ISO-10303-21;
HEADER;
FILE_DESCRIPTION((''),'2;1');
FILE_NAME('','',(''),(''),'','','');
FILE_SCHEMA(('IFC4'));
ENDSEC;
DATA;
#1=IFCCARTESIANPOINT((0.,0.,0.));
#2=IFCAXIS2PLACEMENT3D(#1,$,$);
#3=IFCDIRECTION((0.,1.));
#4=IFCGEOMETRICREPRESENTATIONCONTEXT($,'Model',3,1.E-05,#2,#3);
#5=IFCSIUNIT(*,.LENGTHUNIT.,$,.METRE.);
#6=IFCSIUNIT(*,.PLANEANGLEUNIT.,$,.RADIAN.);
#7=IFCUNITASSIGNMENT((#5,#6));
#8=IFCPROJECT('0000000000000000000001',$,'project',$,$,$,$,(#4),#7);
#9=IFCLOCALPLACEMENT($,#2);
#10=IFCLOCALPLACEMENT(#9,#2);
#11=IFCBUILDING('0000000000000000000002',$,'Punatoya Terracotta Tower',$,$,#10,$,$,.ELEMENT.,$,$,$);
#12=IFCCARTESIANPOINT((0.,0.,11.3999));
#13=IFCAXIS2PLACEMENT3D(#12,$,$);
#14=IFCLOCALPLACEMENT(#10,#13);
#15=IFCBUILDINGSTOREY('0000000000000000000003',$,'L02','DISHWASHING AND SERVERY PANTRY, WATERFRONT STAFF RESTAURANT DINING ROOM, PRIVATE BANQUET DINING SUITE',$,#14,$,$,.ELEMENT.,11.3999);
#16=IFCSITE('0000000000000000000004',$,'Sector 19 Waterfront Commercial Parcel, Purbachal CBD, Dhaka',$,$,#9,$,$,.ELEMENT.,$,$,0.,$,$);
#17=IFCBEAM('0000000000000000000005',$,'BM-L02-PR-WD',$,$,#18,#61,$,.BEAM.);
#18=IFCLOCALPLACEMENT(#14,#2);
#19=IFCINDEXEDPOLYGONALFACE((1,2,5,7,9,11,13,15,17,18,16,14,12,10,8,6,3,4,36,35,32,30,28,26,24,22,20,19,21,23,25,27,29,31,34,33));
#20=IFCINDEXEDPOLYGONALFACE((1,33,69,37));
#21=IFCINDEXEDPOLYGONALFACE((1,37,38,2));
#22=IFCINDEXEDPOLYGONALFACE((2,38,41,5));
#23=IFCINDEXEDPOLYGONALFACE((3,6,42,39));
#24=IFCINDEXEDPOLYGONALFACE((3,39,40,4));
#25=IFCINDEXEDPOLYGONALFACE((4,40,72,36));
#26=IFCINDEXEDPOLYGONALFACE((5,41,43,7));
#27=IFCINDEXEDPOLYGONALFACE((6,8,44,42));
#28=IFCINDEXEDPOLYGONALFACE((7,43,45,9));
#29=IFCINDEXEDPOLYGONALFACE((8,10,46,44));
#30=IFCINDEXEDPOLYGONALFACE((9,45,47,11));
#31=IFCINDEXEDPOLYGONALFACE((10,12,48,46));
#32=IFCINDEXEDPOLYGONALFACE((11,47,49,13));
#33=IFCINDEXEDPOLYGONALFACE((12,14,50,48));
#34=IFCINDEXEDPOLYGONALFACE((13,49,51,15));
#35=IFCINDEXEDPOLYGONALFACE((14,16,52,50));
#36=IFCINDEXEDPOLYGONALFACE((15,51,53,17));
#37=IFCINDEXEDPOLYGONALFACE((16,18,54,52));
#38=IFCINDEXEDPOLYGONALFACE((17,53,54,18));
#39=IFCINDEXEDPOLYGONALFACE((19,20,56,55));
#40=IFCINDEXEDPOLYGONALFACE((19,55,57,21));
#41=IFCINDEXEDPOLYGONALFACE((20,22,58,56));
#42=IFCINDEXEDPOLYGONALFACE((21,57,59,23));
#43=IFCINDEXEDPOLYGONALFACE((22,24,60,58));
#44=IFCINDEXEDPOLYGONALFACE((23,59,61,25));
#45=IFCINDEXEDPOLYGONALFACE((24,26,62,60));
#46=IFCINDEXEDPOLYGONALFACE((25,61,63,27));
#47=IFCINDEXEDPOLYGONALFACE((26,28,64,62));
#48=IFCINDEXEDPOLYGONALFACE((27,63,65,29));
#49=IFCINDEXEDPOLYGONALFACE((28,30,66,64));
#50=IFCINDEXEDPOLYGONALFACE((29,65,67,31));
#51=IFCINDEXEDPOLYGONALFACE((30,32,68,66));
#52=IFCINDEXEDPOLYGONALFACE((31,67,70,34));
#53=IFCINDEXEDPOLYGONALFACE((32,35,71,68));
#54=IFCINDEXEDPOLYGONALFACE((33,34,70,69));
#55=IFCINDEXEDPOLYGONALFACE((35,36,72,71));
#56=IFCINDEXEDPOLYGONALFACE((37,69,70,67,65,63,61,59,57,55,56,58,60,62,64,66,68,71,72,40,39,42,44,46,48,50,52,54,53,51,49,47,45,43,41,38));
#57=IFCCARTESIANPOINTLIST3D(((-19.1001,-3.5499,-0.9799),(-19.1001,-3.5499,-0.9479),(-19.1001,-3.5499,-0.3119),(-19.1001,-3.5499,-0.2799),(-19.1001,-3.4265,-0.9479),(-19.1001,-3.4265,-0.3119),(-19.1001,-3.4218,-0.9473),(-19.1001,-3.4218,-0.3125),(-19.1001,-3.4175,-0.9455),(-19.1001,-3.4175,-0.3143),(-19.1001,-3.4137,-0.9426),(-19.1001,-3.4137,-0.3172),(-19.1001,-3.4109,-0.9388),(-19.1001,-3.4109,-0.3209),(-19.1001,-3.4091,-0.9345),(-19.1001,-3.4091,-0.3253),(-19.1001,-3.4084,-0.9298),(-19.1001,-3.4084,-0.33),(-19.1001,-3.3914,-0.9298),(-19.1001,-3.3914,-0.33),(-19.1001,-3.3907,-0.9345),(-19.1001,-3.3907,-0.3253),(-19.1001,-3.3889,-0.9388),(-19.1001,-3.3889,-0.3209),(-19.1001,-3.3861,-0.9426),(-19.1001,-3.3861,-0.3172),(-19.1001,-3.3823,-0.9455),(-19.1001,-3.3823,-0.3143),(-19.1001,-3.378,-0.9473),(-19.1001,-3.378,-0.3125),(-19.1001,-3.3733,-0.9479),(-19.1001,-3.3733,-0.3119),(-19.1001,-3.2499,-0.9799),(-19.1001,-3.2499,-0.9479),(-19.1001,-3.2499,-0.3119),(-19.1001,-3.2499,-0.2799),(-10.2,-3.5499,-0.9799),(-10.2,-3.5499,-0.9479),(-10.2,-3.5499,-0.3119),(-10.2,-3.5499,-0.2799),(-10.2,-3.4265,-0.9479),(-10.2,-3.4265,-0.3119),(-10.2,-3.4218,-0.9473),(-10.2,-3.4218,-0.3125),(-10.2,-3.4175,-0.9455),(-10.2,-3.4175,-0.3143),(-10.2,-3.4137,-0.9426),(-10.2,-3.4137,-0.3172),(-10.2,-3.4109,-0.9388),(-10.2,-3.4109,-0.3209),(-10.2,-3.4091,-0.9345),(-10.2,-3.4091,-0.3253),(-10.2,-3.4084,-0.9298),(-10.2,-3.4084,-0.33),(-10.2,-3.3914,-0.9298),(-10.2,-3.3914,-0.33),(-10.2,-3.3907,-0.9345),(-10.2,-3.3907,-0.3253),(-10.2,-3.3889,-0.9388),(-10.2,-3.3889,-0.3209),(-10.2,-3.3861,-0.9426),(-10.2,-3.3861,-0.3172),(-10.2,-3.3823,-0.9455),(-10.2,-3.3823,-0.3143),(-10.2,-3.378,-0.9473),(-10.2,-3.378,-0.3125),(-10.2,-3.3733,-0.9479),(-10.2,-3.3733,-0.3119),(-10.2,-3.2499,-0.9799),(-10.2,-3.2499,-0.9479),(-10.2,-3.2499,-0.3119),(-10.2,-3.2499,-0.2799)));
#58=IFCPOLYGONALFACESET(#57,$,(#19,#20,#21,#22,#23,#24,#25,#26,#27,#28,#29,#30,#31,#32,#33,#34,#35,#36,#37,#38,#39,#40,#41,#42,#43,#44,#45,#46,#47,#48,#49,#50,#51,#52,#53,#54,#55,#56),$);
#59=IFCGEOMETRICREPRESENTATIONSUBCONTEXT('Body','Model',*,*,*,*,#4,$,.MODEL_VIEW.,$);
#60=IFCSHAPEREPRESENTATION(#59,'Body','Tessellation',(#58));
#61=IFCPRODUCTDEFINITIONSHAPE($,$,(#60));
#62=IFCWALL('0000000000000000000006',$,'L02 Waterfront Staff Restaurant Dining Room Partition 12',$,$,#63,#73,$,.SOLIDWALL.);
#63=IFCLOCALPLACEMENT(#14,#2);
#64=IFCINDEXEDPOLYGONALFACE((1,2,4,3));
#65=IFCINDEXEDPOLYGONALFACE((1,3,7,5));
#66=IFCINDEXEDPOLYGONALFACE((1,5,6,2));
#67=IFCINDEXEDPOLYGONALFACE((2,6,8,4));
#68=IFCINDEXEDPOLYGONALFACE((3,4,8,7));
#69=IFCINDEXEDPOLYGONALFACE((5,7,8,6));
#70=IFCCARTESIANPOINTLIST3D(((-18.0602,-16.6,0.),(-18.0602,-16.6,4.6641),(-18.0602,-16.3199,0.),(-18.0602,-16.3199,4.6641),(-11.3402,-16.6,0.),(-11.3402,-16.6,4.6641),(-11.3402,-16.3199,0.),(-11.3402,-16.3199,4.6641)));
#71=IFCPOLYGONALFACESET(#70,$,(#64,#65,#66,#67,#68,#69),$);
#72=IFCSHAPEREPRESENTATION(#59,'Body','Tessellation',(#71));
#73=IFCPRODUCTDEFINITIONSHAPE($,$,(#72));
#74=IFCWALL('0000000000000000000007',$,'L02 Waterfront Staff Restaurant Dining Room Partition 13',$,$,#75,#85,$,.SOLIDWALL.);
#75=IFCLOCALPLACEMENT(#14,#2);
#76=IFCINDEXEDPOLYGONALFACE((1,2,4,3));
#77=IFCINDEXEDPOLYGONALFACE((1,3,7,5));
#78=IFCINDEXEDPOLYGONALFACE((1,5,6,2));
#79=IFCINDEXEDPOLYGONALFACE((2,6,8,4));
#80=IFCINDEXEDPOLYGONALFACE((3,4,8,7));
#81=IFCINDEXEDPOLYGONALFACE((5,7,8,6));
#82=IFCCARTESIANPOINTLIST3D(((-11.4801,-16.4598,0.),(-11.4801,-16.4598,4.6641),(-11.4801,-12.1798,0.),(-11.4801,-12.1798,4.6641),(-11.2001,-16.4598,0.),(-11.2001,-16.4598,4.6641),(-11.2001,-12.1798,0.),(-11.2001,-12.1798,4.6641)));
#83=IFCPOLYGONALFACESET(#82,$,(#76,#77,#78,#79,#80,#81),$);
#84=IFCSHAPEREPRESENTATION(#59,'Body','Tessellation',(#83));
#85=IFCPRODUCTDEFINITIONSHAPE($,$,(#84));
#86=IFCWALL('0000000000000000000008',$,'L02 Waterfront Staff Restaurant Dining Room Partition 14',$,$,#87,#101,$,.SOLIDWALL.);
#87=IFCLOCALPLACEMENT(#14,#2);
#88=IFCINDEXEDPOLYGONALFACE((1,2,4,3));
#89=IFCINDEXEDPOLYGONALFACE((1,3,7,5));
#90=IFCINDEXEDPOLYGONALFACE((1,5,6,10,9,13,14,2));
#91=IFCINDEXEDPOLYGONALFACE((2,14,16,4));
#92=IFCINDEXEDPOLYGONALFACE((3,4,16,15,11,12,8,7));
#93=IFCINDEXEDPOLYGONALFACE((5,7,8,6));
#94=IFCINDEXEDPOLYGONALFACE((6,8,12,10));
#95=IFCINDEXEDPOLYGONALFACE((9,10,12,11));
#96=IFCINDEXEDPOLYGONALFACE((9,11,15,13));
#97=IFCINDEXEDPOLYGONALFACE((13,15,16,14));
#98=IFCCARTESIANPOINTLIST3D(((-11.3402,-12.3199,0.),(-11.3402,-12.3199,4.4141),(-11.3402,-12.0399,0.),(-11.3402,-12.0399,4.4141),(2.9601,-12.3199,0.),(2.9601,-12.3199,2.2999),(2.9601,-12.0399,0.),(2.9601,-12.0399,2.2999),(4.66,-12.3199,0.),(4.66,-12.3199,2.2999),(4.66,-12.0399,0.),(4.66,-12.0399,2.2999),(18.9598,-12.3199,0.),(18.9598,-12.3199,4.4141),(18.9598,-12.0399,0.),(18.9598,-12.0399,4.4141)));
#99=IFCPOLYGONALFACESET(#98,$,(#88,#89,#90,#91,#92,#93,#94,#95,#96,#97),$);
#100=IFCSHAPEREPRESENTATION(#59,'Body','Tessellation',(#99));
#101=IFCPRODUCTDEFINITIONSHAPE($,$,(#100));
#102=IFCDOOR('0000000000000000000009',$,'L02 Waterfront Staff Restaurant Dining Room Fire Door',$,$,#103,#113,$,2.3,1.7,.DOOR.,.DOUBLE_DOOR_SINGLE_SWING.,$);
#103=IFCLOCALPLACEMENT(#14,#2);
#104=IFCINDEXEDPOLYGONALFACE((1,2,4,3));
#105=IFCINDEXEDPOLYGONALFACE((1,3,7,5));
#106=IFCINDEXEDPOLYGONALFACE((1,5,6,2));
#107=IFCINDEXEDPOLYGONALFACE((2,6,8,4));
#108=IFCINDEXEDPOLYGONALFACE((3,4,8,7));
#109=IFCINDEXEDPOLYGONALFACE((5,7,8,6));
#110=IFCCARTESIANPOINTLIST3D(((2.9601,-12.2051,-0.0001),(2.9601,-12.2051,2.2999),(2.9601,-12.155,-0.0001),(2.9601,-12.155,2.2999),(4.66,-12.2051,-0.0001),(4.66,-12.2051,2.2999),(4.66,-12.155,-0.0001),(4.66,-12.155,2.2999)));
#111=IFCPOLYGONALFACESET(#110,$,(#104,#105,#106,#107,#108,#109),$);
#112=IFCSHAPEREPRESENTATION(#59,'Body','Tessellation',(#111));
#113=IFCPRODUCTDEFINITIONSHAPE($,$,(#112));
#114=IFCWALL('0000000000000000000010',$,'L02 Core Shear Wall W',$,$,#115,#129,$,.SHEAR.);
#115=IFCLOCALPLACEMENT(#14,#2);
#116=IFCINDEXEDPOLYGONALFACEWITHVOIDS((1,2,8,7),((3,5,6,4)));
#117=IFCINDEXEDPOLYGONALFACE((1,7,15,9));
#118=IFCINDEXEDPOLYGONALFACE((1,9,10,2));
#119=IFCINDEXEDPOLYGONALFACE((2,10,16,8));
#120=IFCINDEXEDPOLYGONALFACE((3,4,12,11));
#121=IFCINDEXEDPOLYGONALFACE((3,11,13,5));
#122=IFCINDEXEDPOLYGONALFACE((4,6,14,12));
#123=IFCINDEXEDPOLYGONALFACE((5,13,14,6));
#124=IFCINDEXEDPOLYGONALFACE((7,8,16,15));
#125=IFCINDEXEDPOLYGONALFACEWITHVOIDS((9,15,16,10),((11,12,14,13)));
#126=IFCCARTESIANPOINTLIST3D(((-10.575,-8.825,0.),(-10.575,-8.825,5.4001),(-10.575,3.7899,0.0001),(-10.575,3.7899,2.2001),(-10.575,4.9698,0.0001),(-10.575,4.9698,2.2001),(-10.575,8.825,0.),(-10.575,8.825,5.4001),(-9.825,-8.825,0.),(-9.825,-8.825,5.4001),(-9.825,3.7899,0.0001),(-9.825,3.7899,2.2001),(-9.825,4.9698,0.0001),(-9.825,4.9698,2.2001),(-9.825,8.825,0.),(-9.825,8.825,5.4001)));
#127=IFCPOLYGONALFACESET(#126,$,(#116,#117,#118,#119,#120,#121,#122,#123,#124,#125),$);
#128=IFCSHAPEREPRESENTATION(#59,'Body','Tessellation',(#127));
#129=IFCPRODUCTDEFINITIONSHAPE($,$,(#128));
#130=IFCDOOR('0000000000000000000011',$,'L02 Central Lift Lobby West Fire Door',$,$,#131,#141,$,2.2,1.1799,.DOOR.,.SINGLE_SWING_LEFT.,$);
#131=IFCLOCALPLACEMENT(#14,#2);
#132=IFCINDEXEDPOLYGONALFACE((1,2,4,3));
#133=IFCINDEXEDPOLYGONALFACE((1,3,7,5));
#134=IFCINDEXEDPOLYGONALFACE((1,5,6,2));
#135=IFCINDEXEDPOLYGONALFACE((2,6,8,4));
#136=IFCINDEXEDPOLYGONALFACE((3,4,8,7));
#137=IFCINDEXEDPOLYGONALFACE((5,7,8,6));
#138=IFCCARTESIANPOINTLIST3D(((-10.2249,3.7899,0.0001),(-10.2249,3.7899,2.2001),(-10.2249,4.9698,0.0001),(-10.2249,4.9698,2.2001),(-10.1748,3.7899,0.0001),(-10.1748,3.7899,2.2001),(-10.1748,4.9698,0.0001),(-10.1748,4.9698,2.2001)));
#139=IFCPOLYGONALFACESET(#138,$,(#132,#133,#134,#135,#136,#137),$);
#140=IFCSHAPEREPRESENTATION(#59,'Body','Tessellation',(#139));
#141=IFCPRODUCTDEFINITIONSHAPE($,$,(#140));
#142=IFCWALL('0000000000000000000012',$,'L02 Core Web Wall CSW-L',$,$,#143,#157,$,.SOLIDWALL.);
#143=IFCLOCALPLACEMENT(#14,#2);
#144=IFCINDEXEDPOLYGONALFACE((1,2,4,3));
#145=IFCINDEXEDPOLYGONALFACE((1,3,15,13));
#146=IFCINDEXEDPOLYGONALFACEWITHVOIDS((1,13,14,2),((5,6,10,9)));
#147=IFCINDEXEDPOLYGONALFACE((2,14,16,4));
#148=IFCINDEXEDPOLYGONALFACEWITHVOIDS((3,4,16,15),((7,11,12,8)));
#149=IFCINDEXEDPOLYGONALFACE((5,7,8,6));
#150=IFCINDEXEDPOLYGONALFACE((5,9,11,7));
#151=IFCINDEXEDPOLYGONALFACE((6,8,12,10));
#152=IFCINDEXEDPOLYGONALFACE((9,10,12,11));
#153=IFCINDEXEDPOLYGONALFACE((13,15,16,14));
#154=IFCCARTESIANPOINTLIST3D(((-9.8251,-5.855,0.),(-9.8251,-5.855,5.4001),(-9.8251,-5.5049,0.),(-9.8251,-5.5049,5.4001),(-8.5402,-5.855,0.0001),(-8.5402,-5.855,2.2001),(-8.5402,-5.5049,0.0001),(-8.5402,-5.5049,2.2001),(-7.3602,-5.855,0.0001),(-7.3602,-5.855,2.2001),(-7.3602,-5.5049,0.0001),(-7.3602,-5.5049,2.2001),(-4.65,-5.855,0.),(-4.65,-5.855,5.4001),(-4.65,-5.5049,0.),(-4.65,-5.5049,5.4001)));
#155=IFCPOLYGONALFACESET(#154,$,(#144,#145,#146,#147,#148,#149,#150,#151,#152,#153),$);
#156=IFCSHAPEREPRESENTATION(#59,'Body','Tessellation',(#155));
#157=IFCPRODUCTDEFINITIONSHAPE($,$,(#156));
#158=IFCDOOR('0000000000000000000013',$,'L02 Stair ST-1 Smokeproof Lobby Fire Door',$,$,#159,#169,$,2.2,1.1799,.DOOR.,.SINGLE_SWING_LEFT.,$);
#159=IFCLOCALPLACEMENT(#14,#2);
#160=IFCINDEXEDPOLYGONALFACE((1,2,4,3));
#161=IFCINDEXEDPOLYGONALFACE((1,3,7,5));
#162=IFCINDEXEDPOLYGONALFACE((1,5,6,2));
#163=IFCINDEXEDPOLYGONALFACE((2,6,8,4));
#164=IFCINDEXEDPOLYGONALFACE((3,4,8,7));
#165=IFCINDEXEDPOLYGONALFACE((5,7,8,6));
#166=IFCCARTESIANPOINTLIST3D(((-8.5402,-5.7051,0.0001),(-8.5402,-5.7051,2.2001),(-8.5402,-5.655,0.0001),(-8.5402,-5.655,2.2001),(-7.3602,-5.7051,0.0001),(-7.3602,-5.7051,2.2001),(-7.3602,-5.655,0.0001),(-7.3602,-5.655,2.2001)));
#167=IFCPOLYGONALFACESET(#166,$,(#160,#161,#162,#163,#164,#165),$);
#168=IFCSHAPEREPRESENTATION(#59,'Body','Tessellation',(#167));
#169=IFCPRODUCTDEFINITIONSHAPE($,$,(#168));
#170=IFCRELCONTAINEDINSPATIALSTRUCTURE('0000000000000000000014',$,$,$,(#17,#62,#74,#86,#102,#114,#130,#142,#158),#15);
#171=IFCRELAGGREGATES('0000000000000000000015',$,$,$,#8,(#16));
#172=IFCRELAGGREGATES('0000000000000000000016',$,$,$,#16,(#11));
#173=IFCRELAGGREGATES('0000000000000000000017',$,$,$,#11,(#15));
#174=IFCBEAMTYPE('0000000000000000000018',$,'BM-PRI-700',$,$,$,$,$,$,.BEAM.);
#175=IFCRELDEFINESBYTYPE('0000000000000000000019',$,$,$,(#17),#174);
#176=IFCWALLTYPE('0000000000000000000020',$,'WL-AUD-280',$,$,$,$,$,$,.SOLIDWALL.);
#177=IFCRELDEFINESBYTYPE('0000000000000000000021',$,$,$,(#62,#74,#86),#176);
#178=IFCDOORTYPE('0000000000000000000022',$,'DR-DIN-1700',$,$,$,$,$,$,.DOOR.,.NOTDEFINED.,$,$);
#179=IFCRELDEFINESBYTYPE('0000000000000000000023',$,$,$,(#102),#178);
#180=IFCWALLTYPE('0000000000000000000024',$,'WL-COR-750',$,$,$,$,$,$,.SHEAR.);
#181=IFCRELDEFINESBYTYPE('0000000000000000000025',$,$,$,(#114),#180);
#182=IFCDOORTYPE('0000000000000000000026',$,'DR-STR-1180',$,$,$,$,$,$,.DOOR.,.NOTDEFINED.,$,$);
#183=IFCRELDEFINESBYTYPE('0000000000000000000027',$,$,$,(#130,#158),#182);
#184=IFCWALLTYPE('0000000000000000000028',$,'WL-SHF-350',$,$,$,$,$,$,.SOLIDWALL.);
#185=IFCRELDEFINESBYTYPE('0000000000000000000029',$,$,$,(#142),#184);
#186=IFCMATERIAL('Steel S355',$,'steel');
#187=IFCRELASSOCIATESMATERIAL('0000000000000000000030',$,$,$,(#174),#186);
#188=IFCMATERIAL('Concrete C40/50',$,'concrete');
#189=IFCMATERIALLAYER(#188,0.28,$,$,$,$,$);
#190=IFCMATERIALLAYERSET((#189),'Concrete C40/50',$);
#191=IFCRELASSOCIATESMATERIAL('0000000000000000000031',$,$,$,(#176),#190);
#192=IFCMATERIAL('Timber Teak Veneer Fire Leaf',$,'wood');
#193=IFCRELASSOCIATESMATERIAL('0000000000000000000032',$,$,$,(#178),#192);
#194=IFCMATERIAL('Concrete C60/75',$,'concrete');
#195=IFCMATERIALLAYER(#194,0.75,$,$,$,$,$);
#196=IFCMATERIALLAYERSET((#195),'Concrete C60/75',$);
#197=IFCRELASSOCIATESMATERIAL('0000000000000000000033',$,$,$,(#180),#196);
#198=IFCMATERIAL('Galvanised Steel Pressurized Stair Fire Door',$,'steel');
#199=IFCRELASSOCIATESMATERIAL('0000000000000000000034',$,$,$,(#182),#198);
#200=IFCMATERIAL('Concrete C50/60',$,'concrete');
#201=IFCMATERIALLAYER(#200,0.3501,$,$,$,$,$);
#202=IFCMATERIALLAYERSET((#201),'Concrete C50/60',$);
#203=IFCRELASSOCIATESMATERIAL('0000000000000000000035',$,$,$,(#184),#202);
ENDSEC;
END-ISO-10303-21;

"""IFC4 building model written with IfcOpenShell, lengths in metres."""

from ifc_helpers import new_model, si_unit, direction, frame, frame_2d, origin, origin_2d, place, context, subcontext, project, spatial, rectangle, i_section, extrude, material, layer, layer_set, material_profile, profile_set, type_object, element, fill, save


model = new_model("IFC4")

# Units and contexts
model_context = context("Model", 3, precision=1e-05, world=origin(), true_north=direction((0.0, 1.0)))
body_context = subcontext(model_context, "Body", "Model", "MODEL_VIEW")
ifc_project = project(units=[si_unit("LENGTHUNIT", "METRE"), si_unit("PLANEANGLEUNIT", "RADIAN")], contexts=[model_context])

# Site, building, storey
site_placement = place(None, origin())
site = spatial("IfcSite", under=ifc_project, at=site_placement, Name="Sector 19 Waterfront Commercial Parcel, Purbachal CBD, Dhaka", CompositionType="ELEMENT", RefElevation=0.0)
building_placement = place(site_placement, origin())
building = spatial("IfcBuilding", under=site, at=building_placement, Name="Punatoya Terracotta Tower", CompositionType="ELEMENT")
storey_placement = place(building_placement, frame((0.0, 0.0, 11.3999)))
storey = spatial("IfcBuildingStorey", under=building, at=storey_placement, Name="L02", Description="DISHWASHING AND SERVERY PANTRY, WATERFRONT STAFF RESTAURANT DINING ROOM, PRIVATE BANQUET DINING SUITE", CompositionType="ELEMENT", Elevation=11.3999)

# Shared definitions
ifc_material_1 = material(Name="Concrete C50/60", Category="concrete")

# Beam
ifc_material_2 = material(Name="Steel S355", Category="steel")
ifc_material_profile_1 = material_profile(ifc_material_2, i_section(OverallWidth=0.3, OverallDepth=0.7, WebThickness=0.0171, FlangeThickness=0.032, FilletRadius=0.0181, at=origin_2d()))
ifc_profile_set_1 = profile_set([ifc_material_profile_1], Name="Steel S355")
beam_type = type_object("IfcBeamType", Name="BM-PRI-700", PredefinedType="BEAM", material=ifc_profile_set_1)
for number, where, z_axis, x_axis, name in (
    (1, (-19.1001, -3.3999, -0.6299), (1.0, 0.0, 0.0), (0.0, 1.0, 0.0), "BM-L02-PR-WD"),
):
    element("IfcBeam", number, at=place(storey_placement, frame(where, z_axis=z_axis, x_axis=x_axis)), inside=storey, type_object=beam_type, Name=name, PredefinedType="BEAM", context=body_context, shape_type="SweptSolid", body=[
        extrude(i_section(OverallWidth=0.3, OverallDepth=0.7, WebThickness=0.0171, FlangeThickness=0.032, FilletRadius=0.0181, at=origin_2d()), origin(), (0.0, 0.0, 1.0), 8.9001),
    ])

# Walls
ifc_material_3 = material(Name="Concrete C40/50", Category="concrete")
ifc_layer_1 = layer(ifc_material_3, 0.28)
ifc_layer_set_1 = layer_set([ifc_layer_1], Name="Concrete C40/50")
wall_type_1 = type_object("IfcWallType", Name="WL-AUD-280", PredefinedType="SOLIDWALL", material=ifc_layer_set_1)
wall_1_placement = place(storey_placement, frame((-18.0601, -16.46, 0.0), z_axis=(0.0, 0.0, 1.0), x_axis=(1.0, 0.0, 0.0)))
element("IfcWall", 2, at=wall_1_placement, inside=storey, type_object=wall_type_1, Name="L02 Waterfront Staff Restaurant Dining Room Partition 12", PredefinedType="SOLIDWALL", context=body_context, shape_type="SweptSolid", body=[
    extrude(rectangle(XDim=6.72, YDim=0.28, at=frame_2d((3.3599, 0.0))), origin(), (0.0, 0.0, 1.0), 4.6641),
])
wall_2_placement = place(storey_placement, frame((-11.3401, -16.46, 0.0), z_axis=(0.0, 0.0, 1.0), x_axis=(0.0, 1.0, 0.0)))
element("IfcWall", 3, at=wall_2_placement, inside=storey, type_object=wall_type_1, Name="L02 Waterfront Staff Restaurant Dining Room Partition 13", PredefinedType="SOLIDWALL", context=body_context, shape_type="SweptSolid", body=[
    extrude(rectangle(XDim=4.28, YDim=0.28, at=frame_2d((2.1401, 0.0))), origin(), (0.0, 0.0, 1.0), 4.6641),
])

# Walls, openings, doors
wall_3_placement = place(storey_placement, frame((-11.3401, -12.1799, 0.0), z_axis=(0.0, 0.0, 1.0), x_axis=(1.0, 0.0, 0.0)))
wall_3 = element("IfcWall", 4, at=wall_3_placement, inside=storey, type_object=wall_type_1, Name="L02 Waterfront Staff Restaurant Dining Room Partition 14", PredefinedType="SOLIDWALL", context=body_context, shape_type="SweptSolid", body=[
    extrude(rectangle(XDim=30.3, YDim=0.28, at=frame_2d((15.1499, 0.0))), origin(), (0.0, 0.0, 1.0), 4.4141),
])
opening_1_placement = place(wall_3_placement, frame((14.3, 0.0, 0.0)))
opening_1 = element("IfcOpeningElement", 5, at=opening_1_placement, cuts=wall_3, PredefinedType="OPENING", context=body_context, shape_type="SweptSolid", body=[
    extrude(rectangle(XDim=1.7, YDim=2.3, at=frame_2d((0.8501, 1.1499))), frame((0.0, 0.1499, 0.0), z_axis=(0.0, -1.0, 0.0), x_axis=(1.0, 0.0, 0.0)), (0.0, 0.0, 1.0), 0.3),
])
ifc_material_4 = material(Name="Timber Teak Veneer Fire Leaf", Category="wood")
door_type_1 = type_object("IfcDoorType", Name="DR-DIN-1700", OperationType="NOTDEFINED", PredefinedType="DOOR", material=ifc_material_4)
door_1_placement = place(opening_1_placement, origin())
door_1 = element("IfcDoor", 6, at=door_1_placement, inside=storey, type_object=door_type_1, Name="L02 Waterfront Staff Restaurant Dining Room Fire Door", OperationType="DOUBLE_DOOR_SINGLE_SWING", OverallHeight=2.3, OverallWidth=1.7, PredefinedType="DOOR", context=body_context, shape_type="SweptSolid", body=[
    extrude(rectangle(XDim=1.7, YDim=2.3, at=frame_2d((0.8501, 1.1499))), frame((0.0, 0.0249, 0.0), z_axis=(0.0, -1.0, 0.0), x_axis=(1.0, 0.0, 0.0)), (0.0, 0.0, 1.0), 0.05),
])
fill(opening_1, door_1)
ifc_material_5 = material(Name="Concrete C60/75", Category="concrete")
ifc_layer_2 = layer(ifc_material_5, 0.75)
ifc_layer_set_2 = layer_set([ifc_layer_2], Name="Concrete C60/75")
wall_type_2 = type_object("IfcWallType", Name="WL-COR-750", PredefinedType="SHEAR", material=ifc_layer_set_2)
wall_4_placement = place(storey_placement, frame((-10.2, -8.825, 0.0), z_axis=(0.0, 0.0, 1.0), x_axis=(0.0, 1.0, 0.0)))
wall_4 = element("IfcWall", 7, at=wall_4_placement, inside=storey, type_object=wall_type_2, Name="L02 Core Shear Wall W", PredefinedType="SHEAR", context=body_context, shape_type="SweptSolid", body=[
    extrude(rectangle(XDim=17.6499, YDim=0.75, at=frame_2d((8.825, 0.0))), origin(), (0.0, 0.0, 1.0), 5.4001),
])
opening_2_placement = place(wall_4_placement, frame((12.615, 0.0, 0.0)))
opening_2 = element("IfcOpeningElement", 8, at=opening_2_placement, cuts=wall_4, PredefinedType="OPENING", context=body_context, shape_type="SweptSolid", body=[
    extrude(rectangle(XDim=1.1799, YDim=2.2, at=frame_2d((0.5898, 1.1001))), frame((0.0, 0.385, 0.0), z_axis=(0.0, -1.0, 0.0), x_axis=(1.0, 0.0, 0.0)), (0.0, 0.0, 1.0), 0.77),
])
ifc_material_6 = material(Name="Galvanised Steel Pressurized Stair Fire Door", Category="steel")
door_type_2 = type_object("IfcDoorType", Name="DR-STR-1180", OperationType="NOTDEFINED", PredefinedType="DOOR", material=ifc_material_6)
door_2_placement = place(opening_2_placement, origin())
door_2 = element("IfcDoor", 9, at=door_2_placement, inside=storey, type_object=door_type_2, Name="L02 Central Lift Lobby West Fire Door", OperationType="SINGLE_SWING_LEFT", OverallHeight=2.2, OverallWidth=1.1799, PredefinedType="DOOR", context=body_context, shape_type="SweptSolid", body=[
    extrude(rectangle(XDim=1.1799, YDim=2.2, at=frame_2d((0.5898, 1.1001))), frame((0.0, 0.0249, 0.0), z_axis=(0.0, -1.0, 0.0), x_axis=(1.0, 0.0, 0.0)), (0.0, 0.0, 1.0), 0.05),
])
fill(opening_2, door_2)
ifc_layer_3 = layer(ifc_material_1, 0.3501)
ifc_layer_set_3 = layer_set([ifc_layer_3], Name="Concrete C50/60")
wall_type_3 = type_object("IfcWallType", Name="WL-SHF-350", PredefinedType="SOLIDWALL", material=ifc_layer_set_3)
wall_5_placement = place(storey_placement, frame((-9.825, -5.6799, 0.0), z_axis=(0.0, 0.0, 1.0), x_axis=(1.0, 0.0, 0.0)))
wall_5 = element("IfcWall", 10, at=wall_5_placement, inside=storey, type_object=wall_type_3, Name="L02 Core Web Wall CSW-L", PredefinedType="SOLIDWALL", context=body_context, shape_type="SweptSolid", body=[
    extrude(rectangle(XDim=5.175, YDim=0.3501, at=frame_2d((2.5874, 0.0))), origin(), (0.0, 0.0, 1.0), 5.4001),
])
opening_3_placement = place(wall_5_placement, frame((1.2849, 0.0, 0.0)))
opening_3 = element("IfcOpeningElement", 11, at=opening_3_placement, cuts=wall_5, PredefinedType="OPENING", context=body_context, shape_type="SweptSolid", body=[
    extrude(rectangle(XDim=1.1799, YDim=2.2, at=frame_2d((0.5898, 1.1001))), frame((0.0, 0.1851, 0.0), z_axis=(0.0, -1.0, 0.0), x_axis=(1.0, 0.0, 0.0)), (0.0, 0.0, 1.0), 0.3701),
])
door_3_placement = place(opening_3_placement, origin())
door_3 = element("IfcDoor", 12, at=door_3_placement, inside=storey, type_object=door_type_2, Name="L02 Stair ST-1 Smokeproof Lobby Fire Door", OperationType="SINGLE_SWING_LEFT", OverallHeight=2.2, OverallWidth=1.1799, PredefinedType="DOOR", context=body_context, shape_type="SweptSolid", body=[
    extrude(rectangle(XDim=1.1799, YDim=2.2, at=frame_2d((0.5898, 1.1001))), frame((0.0, 0.0249, 0.0), z_axis=(0.0, -1.0, 0.0), x_axis=(1.0, 0.0, 0.0)), (0.0, 0.0, 1.0), 0.05),
])
fill(opening_3, door_3)

save(model, "model.ifc")
